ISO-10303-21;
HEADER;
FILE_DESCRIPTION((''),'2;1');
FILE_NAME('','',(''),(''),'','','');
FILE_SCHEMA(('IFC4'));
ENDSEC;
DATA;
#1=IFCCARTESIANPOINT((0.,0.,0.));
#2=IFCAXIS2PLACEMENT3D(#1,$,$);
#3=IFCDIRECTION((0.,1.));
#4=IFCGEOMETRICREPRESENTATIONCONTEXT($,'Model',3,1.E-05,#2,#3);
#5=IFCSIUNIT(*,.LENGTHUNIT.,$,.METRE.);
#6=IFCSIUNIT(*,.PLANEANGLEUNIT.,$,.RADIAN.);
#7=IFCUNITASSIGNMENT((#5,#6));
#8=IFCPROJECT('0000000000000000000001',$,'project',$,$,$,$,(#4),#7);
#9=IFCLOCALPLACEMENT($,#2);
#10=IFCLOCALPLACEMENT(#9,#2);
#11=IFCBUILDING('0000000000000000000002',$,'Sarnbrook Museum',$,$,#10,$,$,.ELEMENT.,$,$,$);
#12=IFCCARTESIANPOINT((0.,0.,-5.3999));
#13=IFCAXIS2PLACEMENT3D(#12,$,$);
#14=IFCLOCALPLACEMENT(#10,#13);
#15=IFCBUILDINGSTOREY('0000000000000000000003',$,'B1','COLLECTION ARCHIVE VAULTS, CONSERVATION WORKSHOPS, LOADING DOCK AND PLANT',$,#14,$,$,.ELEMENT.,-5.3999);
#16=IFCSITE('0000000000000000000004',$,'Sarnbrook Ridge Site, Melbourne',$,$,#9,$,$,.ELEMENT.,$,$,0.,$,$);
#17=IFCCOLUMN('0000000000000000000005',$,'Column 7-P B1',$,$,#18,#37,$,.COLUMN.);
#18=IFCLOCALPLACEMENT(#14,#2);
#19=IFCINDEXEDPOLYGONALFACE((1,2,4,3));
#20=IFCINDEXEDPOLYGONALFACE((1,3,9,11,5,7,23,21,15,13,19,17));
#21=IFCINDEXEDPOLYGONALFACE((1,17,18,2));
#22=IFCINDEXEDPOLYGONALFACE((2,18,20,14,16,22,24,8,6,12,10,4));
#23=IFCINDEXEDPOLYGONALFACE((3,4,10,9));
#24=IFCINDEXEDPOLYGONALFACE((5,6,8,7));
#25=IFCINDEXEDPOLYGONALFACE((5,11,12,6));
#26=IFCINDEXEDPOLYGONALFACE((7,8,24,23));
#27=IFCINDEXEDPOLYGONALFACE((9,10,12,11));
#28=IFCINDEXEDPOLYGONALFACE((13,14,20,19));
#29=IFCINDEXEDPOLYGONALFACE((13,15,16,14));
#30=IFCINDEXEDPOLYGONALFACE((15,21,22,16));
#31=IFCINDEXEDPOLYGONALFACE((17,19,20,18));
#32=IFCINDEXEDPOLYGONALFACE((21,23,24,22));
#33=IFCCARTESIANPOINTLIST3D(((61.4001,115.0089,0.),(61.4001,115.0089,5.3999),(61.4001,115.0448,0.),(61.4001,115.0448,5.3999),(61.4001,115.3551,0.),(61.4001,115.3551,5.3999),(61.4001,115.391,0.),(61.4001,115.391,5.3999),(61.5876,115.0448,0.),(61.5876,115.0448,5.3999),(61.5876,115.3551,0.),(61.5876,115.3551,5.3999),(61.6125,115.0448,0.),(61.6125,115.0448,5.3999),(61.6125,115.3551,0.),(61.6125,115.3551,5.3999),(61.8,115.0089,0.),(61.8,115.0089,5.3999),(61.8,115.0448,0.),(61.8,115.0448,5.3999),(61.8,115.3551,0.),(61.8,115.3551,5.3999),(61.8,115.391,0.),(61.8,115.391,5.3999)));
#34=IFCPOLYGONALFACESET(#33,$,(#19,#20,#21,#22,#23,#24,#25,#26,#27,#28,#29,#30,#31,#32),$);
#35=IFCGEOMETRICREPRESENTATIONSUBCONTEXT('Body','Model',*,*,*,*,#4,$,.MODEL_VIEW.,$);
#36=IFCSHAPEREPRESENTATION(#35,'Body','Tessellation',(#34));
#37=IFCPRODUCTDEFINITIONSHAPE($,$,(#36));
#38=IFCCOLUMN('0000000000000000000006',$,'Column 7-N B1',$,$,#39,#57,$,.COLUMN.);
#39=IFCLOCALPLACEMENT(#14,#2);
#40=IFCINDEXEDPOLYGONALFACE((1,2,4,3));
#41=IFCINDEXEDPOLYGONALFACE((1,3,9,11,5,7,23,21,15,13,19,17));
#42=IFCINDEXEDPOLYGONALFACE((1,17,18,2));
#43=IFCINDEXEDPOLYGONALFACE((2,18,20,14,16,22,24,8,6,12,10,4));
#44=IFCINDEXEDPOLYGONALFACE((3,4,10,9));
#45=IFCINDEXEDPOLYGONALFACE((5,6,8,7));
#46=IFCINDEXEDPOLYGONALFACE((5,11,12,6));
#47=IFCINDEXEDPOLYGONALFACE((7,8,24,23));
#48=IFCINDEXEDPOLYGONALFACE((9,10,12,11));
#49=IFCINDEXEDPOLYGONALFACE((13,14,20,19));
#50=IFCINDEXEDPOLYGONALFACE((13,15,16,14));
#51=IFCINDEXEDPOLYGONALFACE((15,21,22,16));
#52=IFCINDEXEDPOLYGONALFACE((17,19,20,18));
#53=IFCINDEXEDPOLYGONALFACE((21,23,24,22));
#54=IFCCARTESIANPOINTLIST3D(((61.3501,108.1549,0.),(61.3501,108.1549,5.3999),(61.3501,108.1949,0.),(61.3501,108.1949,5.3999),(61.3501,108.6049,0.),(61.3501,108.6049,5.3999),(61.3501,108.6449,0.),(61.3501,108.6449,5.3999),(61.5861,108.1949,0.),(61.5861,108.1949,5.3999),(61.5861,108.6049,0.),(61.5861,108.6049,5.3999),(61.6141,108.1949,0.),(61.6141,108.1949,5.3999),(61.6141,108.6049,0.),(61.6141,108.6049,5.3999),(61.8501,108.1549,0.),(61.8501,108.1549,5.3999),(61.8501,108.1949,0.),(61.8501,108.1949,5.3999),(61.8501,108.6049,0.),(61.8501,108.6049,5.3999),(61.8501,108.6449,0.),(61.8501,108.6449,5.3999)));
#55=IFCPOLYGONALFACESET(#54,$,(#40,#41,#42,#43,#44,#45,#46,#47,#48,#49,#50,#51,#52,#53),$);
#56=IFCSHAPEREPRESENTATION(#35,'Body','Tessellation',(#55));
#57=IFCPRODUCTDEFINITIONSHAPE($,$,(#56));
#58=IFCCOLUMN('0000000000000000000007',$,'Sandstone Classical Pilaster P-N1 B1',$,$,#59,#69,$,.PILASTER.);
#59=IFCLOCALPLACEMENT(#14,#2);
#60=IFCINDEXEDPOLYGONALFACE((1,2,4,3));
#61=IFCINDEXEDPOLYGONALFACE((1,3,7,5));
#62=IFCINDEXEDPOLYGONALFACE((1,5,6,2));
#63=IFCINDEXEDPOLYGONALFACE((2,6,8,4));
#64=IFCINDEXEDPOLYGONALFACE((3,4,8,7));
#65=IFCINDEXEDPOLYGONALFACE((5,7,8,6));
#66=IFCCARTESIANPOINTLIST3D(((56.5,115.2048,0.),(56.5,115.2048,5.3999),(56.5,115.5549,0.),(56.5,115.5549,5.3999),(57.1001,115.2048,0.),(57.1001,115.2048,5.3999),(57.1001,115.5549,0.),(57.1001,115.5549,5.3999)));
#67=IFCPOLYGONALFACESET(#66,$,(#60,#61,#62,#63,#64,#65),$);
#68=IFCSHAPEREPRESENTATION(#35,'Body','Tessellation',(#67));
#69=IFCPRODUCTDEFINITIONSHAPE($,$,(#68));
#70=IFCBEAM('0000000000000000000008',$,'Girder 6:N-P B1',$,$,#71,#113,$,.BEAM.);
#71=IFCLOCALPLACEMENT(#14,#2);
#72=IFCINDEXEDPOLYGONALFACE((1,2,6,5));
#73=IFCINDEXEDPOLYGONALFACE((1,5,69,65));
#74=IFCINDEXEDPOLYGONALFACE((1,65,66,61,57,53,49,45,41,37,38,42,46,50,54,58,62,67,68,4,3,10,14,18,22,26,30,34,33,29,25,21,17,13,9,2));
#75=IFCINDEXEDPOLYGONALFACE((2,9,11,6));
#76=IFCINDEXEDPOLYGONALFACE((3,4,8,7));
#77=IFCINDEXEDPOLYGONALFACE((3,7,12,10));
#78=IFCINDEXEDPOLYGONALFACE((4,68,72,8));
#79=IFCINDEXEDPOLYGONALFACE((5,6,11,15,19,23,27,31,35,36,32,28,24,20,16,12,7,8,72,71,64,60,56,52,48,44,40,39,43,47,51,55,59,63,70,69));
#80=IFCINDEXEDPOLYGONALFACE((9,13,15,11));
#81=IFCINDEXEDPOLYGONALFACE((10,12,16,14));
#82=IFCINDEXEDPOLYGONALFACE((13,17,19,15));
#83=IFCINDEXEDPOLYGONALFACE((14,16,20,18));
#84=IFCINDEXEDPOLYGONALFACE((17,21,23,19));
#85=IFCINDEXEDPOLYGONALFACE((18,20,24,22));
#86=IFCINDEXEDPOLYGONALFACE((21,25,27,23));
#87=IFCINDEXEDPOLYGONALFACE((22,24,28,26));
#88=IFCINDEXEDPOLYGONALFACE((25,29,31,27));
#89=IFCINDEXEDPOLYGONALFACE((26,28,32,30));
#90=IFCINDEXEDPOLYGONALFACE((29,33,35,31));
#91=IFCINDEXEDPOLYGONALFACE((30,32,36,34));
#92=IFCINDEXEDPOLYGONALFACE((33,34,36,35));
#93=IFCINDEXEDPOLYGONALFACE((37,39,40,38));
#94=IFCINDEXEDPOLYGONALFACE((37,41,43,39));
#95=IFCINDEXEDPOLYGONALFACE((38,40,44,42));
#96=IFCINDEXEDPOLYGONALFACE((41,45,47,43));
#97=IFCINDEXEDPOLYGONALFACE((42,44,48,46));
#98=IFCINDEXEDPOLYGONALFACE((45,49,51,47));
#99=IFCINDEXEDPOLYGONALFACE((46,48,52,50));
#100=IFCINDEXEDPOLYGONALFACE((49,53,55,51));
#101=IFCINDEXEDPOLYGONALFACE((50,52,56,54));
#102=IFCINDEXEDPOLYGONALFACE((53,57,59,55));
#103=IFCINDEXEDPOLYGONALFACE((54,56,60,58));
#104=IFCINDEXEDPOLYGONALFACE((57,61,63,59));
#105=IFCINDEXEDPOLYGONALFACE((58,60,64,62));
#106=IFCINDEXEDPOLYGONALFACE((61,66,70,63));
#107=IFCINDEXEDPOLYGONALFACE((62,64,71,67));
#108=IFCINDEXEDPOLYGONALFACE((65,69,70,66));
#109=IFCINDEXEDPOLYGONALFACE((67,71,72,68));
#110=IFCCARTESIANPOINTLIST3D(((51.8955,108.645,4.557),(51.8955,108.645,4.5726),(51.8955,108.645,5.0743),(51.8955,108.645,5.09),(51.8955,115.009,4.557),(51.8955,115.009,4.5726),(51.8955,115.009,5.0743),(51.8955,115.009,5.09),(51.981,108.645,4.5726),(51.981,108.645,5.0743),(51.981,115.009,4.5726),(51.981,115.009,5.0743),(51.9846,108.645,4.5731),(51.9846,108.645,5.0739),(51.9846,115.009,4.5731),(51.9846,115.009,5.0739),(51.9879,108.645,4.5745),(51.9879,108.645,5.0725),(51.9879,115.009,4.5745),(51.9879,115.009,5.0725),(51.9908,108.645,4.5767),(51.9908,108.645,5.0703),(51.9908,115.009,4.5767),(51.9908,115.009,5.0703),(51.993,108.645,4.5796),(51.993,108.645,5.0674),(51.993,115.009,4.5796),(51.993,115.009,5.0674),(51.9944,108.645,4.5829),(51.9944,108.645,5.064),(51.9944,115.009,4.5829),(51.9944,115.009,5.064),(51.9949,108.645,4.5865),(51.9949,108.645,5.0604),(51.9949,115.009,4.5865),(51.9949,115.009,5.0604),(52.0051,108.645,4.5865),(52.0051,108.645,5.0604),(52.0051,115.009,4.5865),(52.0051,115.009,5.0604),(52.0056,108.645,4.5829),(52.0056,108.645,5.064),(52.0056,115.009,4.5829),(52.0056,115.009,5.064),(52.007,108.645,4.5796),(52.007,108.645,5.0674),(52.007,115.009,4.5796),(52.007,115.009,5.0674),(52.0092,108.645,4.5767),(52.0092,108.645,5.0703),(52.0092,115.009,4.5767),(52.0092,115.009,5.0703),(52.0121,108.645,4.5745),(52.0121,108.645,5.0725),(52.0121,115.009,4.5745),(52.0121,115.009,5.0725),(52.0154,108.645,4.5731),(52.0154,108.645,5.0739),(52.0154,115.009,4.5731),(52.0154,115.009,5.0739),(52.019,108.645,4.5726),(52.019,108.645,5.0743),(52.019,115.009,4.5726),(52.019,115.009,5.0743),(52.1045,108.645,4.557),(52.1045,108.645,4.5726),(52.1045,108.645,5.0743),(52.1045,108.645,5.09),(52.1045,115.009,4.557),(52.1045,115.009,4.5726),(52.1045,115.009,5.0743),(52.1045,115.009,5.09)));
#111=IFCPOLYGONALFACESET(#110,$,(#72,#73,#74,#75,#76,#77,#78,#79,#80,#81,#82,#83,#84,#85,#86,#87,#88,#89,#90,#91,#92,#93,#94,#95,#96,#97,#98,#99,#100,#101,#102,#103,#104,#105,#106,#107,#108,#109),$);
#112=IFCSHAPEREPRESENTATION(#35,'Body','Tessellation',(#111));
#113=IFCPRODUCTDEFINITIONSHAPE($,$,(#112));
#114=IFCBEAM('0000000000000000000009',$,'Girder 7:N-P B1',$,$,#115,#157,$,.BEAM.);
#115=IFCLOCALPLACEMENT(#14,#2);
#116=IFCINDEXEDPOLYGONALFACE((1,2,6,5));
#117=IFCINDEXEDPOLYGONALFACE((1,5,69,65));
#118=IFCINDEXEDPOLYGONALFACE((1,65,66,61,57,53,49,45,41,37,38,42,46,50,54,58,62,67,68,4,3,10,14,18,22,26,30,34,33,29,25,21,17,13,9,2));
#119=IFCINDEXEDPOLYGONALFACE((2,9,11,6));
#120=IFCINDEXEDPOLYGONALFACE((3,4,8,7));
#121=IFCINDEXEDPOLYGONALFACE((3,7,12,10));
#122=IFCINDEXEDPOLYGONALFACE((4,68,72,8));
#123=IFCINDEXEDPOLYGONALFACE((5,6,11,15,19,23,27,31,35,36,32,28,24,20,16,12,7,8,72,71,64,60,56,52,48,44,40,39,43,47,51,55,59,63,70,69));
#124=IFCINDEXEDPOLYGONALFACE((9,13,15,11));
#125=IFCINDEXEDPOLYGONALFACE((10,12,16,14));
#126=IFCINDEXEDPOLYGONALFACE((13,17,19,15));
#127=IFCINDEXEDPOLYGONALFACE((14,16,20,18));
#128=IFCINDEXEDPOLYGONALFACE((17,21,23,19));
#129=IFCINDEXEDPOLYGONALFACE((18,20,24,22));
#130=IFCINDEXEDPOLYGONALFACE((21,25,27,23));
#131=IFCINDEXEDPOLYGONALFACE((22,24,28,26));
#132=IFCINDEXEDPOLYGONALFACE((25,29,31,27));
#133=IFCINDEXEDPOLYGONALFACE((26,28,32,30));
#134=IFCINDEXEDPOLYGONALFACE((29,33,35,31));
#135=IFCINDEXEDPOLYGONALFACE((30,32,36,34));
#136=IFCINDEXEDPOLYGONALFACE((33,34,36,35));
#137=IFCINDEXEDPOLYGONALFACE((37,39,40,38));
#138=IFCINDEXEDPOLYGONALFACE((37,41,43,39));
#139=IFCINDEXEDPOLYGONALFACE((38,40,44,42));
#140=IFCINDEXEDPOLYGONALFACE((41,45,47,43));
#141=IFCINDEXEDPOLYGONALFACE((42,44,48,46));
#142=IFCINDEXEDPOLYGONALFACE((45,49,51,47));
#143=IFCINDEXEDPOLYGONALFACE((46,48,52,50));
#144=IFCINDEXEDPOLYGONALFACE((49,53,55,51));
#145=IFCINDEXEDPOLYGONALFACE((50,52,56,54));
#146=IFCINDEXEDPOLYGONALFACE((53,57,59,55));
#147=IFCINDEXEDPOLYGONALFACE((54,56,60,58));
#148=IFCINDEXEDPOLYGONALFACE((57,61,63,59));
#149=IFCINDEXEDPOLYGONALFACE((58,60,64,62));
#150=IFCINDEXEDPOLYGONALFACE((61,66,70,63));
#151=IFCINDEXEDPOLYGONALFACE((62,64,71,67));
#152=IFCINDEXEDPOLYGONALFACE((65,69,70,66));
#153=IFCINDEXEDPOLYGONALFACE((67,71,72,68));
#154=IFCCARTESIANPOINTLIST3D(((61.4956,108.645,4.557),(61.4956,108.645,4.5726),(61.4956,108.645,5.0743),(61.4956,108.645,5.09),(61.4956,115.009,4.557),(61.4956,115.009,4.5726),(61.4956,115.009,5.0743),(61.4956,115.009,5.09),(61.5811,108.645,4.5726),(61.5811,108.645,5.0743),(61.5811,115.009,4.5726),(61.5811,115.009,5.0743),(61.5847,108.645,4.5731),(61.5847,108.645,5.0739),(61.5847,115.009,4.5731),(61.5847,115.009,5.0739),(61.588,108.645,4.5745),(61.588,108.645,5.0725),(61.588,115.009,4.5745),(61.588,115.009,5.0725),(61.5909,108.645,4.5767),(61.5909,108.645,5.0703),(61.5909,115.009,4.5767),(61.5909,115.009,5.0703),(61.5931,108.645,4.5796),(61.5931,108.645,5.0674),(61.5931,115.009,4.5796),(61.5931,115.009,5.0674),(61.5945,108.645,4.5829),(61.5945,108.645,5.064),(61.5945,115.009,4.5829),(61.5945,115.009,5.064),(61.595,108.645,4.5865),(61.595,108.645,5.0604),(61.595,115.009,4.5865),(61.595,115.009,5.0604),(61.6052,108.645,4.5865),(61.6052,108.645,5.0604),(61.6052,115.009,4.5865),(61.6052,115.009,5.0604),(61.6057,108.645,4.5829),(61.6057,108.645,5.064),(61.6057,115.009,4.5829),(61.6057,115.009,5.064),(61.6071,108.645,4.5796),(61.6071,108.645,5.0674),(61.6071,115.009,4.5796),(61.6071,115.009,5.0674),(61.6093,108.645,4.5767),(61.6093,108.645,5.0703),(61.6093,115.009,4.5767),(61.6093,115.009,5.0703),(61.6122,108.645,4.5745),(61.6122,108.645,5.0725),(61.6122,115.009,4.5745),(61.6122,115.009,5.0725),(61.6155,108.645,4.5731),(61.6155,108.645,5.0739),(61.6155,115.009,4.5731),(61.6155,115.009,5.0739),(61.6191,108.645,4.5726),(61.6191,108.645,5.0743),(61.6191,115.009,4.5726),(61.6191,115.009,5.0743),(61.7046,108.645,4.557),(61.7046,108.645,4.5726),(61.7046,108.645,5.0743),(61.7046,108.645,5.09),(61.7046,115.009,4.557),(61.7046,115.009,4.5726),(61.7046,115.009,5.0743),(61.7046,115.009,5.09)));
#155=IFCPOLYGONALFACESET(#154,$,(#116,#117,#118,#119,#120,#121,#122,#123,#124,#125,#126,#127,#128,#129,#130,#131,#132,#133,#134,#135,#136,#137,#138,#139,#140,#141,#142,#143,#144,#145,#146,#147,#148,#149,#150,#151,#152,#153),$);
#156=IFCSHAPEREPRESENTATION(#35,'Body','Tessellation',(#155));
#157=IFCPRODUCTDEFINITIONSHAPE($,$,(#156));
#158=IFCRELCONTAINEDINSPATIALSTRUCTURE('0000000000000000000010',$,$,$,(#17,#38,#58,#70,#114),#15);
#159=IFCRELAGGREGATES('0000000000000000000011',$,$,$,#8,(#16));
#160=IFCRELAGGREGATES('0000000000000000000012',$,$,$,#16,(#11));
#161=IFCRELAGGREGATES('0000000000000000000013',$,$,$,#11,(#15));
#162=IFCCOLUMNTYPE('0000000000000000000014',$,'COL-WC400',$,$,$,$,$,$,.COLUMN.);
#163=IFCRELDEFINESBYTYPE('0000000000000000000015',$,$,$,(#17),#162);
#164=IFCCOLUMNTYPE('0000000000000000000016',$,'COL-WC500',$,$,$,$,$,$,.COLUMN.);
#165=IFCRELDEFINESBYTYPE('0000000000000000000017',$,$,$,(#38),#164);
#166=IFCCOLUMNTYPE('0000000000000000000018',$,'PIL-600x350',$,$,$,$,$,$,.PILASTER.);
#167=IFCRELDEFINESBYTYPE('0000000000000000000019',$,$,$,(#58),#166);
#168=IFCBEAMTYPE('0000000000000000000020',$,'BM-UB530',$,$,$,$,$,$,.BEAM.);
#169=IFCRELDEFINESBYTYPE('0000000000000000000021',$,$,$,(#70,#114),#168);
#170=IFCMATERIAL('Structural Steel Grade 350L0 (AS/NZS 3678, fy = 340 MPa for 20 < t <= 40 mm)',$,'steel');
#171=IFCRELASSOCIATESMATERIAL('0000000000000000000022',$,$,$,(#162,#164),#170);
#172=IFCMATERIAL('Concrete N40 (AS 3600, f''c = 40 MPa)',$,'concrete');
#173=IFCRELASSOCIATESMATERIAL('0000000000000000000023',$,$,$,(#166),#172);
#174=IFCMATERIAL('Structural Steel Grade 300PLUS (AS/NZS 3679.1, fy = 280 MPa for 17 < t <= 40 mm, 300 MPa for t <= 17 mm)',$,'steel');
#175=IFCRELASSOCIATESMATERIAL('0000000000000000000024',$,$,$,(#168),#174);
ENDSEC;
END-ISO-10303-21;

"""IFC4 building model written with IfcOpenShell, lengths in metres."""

from ifc_helpers import new_model, si_unit, direction, frame, origin, origin_2d, place, context, subcontext, project, spatial, rectangle, i_section, extrude, material, material_profile, profile_set, type_object, element, save


model = new_model("IFC4")

# Units and contexts
model_context = context("Model", 3, precision=1e-05, world=origin(), true_north=direction((0.0, 1.0)))
body_context = subcontext(model_context, "Body", "Model", "MODEL_VIEW")
ifc_project = project(units=[si_unit("LENGTHUNIT", "METRE"), si_unit("PLANEANGLEUNIT", "RADIAN")], contexts=[model_context])

# Site, building, storey
site_placement = place(None, origin())
site = spatial("IfcSite", under=ifc_project, at=site_placement, Name="Sarnbrook Ridge Site, Melbourne", CompositionType="ELEMENT", RefElevation=0.0)
building_placement = place(site_placement, origin())
building = spatial("IfcBuilding", under=site, at=building_placement, Name="Sarnbrook Museum", CompositionType="ELEMENT")
storey_placement = place(building_placement, frame((0.0, 0.0, -5.3999)))
storey = spatial("IfcBuildingStorey", under=building, at=storey_placement, Name="B1", Description="COLLECTION ARCHIVE VAULTS, CONSERVATION WORKSHOPS, LOADING DOCK AND PLANT", CompositionType="ELEMENT", Elevation=-5.3999)

# Shared definitions
ifc_material_1 = material(Name="Concrete N40 (AS 3600, f'c = 40 MPa)", Category="concrete")

# Columns
ifc_material_2 = material(Name="Structural Steel Grade 350L0 (AS/NZS 3678, fy = 340 MPa for 20 < t <= 40 mm)", Category="steel")
ifc_material_profile_1 = material_profile(ifc_material_2, i_section(OverallWidth=0.3999, OverallDepth=0.3821, WebThickness=0.0249, FlangeThickness=0.0359, at=origin_2d()), Name="400WC270")
ifc_profile_set_1 = profile_set([ifc_material_profile_1], Name="Structural Steel Grade 350L0 (AS/NZS 3678, fy = 340 MPa for 20 < t <= 40 mm)")
column_type_1 = type_object("IfcColumnType", Name="COL-WC400", PredefinedType="COLUMN", material=ifc_profile_set_1)
for number, where, z_axis, x_axis, name in (
    (1, (61.6001, 115.2, 0.0), (0.0, 0.0, 1.0), (1.0, 0.0, 0.0), "Column 7-P B1"),
):
    element("IfcColumn", number, at=place(storey_placement, frame(where, z_axis=z_axis, x_axis=x_axis)), inside=storey, type_object=column_type_1, Name=name, PredefinedType="COLUMN", context=body_context, shape_type="SweptSolid", body=[
        extrude(i_section(OverallWidth=0.3999, OverallDepth=0.3821, WebThickness=0.0249, FlangeThickness=0.0359, at=origin_2d()), origin(), (0.0, 0.0, 1.0), 5.3999),
    ])
ifc_material_profile_2 = material_profile(ifc_material_2, i_section(OverallWidth=0.5, OverallDepth=0.49, WebThickness=0.0281, FlangeThickness=0.04, at=origin_2d()), Name="500WC340")
ifc_profile_set_2 = profile_set([ifc_material_profile_2], Name="Structural Steel Grade 350L0 (AS/NZS 3678, fy = 340 MPa for 20 < t <= 40 mm)")
column_type_2 = type_object("IfcColumnType", Name="COL-WC500", PredefinedType="COLUMN", material=ifc_profile_set_2)
column_1_placement = place(storey_placement, frame((61.6001, 108.3999, 0.0), z_axis=(0.0, 0.0, 1.0), x_axis=(1.0, 0.0, 0.0)))
element("IfcColumn", 2, at=column_1_placement, inside=storey, type_object=column_type_2, Name="Column 7-N B1", PredefinedType="COLUMN", context=body_context, shape_type="SweptSolid", body=[
    extrude(i_section(OverallWidth=0.5, OverallDepth=0.49, WebThickness=0.0281, FlangeThickness=0.04, at=origin_2d()), origin(), (0.0, 0.0, 1.0), 5.3999),
])
ifc_material_profile_3 = material_profile(ifc_material_1, rectangle(XDim=0.6001, YDim=0.3501, at=origin_2d()), Name="PILASTER 600x350")
ifc_profile_set_3 = profile_set([ifc_material_profile_3], Name="Concrete N40 (AS 3600, f'c = 40 MPa)")
column_type_3 = type_object("IfcColumnType", Name="PIL-600x350", PredefinedType="PILASTER", material=ifc_profile_set_3)
column_2_placement = place(storey_placement, frame((56.8, 115.3799, 0.0), z_axis=(0.0, 0.0, 1.0), x_axis=(1.0, 0.0, 0.0)))
element("IfcColumn", 3, at=column_2_placement, inside=storey, type_object=column_type_3, Name="Sandstone Classical Pilaster P-N1 B1", PredefinedType="PILASTER", context=body_context, shape_type="SweptSolid", body=[
    extrude(rectangle(XDim=0.6001, YDim=0.3501, at=origin_2d()), origin(), (0.0, 0.0, 1.0), 5.3999),
])

# Beams
ifc_material_3 = material(Name="Structural Steel Grade 300PLUS (AS/NZS 3679.1, fy = 280 MPa for 17 < t <= 40 mm, 300 MPa for t <= 17 mm)", Category="steel")
ifc_material_profile_4 = material_profile(ifc_material_3, i_section(OverallWidth=0.209, OverallDepth=0.533, WebThickness=0.0103, FlangeThickness=0.0156, FilletRadius=0.0139, at=origin_2d()), Name="530UB92.4")
ifc_profile_set_4 = profile_set([ifc_material_profile_4], Name="Structural Steel Grade 300PLUS (AS/NZS 3679.1, fy = 280 MPa for 17 < t <= 40 mm, 300 MPa for t <= 17 mm)")
beam_type_1 = type_object("IfcBeamType", Name="BM-UB530", PredefinedType="BEAM", material=ifc_profile_set_4)
for number, where, z_axis, x_axis, name in (
    (4, (52.0, 108.645, 4.8235), (0.0, 1.0, 0.0), (-1.0, 0.0, 0.0), "Girder 6:N-P B1"),
    (5, (61.6001, 108.645, 4.8235), (0.0, 1.0, 0.0), (-1.0, 0.0, 0.0), "Girder 7:N-P B1"),
):
    element("IfcBeam", number, at=place(storey_placement, frame(where, z_axis=z_axis, x_axis=x_axis)), inside=storey, type_object=beam_type_1, Name=name, PredefinedType="BEAM", context=body_context, shape_type="SweptSolid", body=[
        extrude(i_section(OverallWidth=0.209, OverallDepth=0.533, WebThickness=0.0103, FlangeThickness=0.0156, FilletRadius=0.0139, at=origin_2d()), origin(), (0.0, 0.0, 1.0), 6.364),
    ])

save(model, "model.ifc")
